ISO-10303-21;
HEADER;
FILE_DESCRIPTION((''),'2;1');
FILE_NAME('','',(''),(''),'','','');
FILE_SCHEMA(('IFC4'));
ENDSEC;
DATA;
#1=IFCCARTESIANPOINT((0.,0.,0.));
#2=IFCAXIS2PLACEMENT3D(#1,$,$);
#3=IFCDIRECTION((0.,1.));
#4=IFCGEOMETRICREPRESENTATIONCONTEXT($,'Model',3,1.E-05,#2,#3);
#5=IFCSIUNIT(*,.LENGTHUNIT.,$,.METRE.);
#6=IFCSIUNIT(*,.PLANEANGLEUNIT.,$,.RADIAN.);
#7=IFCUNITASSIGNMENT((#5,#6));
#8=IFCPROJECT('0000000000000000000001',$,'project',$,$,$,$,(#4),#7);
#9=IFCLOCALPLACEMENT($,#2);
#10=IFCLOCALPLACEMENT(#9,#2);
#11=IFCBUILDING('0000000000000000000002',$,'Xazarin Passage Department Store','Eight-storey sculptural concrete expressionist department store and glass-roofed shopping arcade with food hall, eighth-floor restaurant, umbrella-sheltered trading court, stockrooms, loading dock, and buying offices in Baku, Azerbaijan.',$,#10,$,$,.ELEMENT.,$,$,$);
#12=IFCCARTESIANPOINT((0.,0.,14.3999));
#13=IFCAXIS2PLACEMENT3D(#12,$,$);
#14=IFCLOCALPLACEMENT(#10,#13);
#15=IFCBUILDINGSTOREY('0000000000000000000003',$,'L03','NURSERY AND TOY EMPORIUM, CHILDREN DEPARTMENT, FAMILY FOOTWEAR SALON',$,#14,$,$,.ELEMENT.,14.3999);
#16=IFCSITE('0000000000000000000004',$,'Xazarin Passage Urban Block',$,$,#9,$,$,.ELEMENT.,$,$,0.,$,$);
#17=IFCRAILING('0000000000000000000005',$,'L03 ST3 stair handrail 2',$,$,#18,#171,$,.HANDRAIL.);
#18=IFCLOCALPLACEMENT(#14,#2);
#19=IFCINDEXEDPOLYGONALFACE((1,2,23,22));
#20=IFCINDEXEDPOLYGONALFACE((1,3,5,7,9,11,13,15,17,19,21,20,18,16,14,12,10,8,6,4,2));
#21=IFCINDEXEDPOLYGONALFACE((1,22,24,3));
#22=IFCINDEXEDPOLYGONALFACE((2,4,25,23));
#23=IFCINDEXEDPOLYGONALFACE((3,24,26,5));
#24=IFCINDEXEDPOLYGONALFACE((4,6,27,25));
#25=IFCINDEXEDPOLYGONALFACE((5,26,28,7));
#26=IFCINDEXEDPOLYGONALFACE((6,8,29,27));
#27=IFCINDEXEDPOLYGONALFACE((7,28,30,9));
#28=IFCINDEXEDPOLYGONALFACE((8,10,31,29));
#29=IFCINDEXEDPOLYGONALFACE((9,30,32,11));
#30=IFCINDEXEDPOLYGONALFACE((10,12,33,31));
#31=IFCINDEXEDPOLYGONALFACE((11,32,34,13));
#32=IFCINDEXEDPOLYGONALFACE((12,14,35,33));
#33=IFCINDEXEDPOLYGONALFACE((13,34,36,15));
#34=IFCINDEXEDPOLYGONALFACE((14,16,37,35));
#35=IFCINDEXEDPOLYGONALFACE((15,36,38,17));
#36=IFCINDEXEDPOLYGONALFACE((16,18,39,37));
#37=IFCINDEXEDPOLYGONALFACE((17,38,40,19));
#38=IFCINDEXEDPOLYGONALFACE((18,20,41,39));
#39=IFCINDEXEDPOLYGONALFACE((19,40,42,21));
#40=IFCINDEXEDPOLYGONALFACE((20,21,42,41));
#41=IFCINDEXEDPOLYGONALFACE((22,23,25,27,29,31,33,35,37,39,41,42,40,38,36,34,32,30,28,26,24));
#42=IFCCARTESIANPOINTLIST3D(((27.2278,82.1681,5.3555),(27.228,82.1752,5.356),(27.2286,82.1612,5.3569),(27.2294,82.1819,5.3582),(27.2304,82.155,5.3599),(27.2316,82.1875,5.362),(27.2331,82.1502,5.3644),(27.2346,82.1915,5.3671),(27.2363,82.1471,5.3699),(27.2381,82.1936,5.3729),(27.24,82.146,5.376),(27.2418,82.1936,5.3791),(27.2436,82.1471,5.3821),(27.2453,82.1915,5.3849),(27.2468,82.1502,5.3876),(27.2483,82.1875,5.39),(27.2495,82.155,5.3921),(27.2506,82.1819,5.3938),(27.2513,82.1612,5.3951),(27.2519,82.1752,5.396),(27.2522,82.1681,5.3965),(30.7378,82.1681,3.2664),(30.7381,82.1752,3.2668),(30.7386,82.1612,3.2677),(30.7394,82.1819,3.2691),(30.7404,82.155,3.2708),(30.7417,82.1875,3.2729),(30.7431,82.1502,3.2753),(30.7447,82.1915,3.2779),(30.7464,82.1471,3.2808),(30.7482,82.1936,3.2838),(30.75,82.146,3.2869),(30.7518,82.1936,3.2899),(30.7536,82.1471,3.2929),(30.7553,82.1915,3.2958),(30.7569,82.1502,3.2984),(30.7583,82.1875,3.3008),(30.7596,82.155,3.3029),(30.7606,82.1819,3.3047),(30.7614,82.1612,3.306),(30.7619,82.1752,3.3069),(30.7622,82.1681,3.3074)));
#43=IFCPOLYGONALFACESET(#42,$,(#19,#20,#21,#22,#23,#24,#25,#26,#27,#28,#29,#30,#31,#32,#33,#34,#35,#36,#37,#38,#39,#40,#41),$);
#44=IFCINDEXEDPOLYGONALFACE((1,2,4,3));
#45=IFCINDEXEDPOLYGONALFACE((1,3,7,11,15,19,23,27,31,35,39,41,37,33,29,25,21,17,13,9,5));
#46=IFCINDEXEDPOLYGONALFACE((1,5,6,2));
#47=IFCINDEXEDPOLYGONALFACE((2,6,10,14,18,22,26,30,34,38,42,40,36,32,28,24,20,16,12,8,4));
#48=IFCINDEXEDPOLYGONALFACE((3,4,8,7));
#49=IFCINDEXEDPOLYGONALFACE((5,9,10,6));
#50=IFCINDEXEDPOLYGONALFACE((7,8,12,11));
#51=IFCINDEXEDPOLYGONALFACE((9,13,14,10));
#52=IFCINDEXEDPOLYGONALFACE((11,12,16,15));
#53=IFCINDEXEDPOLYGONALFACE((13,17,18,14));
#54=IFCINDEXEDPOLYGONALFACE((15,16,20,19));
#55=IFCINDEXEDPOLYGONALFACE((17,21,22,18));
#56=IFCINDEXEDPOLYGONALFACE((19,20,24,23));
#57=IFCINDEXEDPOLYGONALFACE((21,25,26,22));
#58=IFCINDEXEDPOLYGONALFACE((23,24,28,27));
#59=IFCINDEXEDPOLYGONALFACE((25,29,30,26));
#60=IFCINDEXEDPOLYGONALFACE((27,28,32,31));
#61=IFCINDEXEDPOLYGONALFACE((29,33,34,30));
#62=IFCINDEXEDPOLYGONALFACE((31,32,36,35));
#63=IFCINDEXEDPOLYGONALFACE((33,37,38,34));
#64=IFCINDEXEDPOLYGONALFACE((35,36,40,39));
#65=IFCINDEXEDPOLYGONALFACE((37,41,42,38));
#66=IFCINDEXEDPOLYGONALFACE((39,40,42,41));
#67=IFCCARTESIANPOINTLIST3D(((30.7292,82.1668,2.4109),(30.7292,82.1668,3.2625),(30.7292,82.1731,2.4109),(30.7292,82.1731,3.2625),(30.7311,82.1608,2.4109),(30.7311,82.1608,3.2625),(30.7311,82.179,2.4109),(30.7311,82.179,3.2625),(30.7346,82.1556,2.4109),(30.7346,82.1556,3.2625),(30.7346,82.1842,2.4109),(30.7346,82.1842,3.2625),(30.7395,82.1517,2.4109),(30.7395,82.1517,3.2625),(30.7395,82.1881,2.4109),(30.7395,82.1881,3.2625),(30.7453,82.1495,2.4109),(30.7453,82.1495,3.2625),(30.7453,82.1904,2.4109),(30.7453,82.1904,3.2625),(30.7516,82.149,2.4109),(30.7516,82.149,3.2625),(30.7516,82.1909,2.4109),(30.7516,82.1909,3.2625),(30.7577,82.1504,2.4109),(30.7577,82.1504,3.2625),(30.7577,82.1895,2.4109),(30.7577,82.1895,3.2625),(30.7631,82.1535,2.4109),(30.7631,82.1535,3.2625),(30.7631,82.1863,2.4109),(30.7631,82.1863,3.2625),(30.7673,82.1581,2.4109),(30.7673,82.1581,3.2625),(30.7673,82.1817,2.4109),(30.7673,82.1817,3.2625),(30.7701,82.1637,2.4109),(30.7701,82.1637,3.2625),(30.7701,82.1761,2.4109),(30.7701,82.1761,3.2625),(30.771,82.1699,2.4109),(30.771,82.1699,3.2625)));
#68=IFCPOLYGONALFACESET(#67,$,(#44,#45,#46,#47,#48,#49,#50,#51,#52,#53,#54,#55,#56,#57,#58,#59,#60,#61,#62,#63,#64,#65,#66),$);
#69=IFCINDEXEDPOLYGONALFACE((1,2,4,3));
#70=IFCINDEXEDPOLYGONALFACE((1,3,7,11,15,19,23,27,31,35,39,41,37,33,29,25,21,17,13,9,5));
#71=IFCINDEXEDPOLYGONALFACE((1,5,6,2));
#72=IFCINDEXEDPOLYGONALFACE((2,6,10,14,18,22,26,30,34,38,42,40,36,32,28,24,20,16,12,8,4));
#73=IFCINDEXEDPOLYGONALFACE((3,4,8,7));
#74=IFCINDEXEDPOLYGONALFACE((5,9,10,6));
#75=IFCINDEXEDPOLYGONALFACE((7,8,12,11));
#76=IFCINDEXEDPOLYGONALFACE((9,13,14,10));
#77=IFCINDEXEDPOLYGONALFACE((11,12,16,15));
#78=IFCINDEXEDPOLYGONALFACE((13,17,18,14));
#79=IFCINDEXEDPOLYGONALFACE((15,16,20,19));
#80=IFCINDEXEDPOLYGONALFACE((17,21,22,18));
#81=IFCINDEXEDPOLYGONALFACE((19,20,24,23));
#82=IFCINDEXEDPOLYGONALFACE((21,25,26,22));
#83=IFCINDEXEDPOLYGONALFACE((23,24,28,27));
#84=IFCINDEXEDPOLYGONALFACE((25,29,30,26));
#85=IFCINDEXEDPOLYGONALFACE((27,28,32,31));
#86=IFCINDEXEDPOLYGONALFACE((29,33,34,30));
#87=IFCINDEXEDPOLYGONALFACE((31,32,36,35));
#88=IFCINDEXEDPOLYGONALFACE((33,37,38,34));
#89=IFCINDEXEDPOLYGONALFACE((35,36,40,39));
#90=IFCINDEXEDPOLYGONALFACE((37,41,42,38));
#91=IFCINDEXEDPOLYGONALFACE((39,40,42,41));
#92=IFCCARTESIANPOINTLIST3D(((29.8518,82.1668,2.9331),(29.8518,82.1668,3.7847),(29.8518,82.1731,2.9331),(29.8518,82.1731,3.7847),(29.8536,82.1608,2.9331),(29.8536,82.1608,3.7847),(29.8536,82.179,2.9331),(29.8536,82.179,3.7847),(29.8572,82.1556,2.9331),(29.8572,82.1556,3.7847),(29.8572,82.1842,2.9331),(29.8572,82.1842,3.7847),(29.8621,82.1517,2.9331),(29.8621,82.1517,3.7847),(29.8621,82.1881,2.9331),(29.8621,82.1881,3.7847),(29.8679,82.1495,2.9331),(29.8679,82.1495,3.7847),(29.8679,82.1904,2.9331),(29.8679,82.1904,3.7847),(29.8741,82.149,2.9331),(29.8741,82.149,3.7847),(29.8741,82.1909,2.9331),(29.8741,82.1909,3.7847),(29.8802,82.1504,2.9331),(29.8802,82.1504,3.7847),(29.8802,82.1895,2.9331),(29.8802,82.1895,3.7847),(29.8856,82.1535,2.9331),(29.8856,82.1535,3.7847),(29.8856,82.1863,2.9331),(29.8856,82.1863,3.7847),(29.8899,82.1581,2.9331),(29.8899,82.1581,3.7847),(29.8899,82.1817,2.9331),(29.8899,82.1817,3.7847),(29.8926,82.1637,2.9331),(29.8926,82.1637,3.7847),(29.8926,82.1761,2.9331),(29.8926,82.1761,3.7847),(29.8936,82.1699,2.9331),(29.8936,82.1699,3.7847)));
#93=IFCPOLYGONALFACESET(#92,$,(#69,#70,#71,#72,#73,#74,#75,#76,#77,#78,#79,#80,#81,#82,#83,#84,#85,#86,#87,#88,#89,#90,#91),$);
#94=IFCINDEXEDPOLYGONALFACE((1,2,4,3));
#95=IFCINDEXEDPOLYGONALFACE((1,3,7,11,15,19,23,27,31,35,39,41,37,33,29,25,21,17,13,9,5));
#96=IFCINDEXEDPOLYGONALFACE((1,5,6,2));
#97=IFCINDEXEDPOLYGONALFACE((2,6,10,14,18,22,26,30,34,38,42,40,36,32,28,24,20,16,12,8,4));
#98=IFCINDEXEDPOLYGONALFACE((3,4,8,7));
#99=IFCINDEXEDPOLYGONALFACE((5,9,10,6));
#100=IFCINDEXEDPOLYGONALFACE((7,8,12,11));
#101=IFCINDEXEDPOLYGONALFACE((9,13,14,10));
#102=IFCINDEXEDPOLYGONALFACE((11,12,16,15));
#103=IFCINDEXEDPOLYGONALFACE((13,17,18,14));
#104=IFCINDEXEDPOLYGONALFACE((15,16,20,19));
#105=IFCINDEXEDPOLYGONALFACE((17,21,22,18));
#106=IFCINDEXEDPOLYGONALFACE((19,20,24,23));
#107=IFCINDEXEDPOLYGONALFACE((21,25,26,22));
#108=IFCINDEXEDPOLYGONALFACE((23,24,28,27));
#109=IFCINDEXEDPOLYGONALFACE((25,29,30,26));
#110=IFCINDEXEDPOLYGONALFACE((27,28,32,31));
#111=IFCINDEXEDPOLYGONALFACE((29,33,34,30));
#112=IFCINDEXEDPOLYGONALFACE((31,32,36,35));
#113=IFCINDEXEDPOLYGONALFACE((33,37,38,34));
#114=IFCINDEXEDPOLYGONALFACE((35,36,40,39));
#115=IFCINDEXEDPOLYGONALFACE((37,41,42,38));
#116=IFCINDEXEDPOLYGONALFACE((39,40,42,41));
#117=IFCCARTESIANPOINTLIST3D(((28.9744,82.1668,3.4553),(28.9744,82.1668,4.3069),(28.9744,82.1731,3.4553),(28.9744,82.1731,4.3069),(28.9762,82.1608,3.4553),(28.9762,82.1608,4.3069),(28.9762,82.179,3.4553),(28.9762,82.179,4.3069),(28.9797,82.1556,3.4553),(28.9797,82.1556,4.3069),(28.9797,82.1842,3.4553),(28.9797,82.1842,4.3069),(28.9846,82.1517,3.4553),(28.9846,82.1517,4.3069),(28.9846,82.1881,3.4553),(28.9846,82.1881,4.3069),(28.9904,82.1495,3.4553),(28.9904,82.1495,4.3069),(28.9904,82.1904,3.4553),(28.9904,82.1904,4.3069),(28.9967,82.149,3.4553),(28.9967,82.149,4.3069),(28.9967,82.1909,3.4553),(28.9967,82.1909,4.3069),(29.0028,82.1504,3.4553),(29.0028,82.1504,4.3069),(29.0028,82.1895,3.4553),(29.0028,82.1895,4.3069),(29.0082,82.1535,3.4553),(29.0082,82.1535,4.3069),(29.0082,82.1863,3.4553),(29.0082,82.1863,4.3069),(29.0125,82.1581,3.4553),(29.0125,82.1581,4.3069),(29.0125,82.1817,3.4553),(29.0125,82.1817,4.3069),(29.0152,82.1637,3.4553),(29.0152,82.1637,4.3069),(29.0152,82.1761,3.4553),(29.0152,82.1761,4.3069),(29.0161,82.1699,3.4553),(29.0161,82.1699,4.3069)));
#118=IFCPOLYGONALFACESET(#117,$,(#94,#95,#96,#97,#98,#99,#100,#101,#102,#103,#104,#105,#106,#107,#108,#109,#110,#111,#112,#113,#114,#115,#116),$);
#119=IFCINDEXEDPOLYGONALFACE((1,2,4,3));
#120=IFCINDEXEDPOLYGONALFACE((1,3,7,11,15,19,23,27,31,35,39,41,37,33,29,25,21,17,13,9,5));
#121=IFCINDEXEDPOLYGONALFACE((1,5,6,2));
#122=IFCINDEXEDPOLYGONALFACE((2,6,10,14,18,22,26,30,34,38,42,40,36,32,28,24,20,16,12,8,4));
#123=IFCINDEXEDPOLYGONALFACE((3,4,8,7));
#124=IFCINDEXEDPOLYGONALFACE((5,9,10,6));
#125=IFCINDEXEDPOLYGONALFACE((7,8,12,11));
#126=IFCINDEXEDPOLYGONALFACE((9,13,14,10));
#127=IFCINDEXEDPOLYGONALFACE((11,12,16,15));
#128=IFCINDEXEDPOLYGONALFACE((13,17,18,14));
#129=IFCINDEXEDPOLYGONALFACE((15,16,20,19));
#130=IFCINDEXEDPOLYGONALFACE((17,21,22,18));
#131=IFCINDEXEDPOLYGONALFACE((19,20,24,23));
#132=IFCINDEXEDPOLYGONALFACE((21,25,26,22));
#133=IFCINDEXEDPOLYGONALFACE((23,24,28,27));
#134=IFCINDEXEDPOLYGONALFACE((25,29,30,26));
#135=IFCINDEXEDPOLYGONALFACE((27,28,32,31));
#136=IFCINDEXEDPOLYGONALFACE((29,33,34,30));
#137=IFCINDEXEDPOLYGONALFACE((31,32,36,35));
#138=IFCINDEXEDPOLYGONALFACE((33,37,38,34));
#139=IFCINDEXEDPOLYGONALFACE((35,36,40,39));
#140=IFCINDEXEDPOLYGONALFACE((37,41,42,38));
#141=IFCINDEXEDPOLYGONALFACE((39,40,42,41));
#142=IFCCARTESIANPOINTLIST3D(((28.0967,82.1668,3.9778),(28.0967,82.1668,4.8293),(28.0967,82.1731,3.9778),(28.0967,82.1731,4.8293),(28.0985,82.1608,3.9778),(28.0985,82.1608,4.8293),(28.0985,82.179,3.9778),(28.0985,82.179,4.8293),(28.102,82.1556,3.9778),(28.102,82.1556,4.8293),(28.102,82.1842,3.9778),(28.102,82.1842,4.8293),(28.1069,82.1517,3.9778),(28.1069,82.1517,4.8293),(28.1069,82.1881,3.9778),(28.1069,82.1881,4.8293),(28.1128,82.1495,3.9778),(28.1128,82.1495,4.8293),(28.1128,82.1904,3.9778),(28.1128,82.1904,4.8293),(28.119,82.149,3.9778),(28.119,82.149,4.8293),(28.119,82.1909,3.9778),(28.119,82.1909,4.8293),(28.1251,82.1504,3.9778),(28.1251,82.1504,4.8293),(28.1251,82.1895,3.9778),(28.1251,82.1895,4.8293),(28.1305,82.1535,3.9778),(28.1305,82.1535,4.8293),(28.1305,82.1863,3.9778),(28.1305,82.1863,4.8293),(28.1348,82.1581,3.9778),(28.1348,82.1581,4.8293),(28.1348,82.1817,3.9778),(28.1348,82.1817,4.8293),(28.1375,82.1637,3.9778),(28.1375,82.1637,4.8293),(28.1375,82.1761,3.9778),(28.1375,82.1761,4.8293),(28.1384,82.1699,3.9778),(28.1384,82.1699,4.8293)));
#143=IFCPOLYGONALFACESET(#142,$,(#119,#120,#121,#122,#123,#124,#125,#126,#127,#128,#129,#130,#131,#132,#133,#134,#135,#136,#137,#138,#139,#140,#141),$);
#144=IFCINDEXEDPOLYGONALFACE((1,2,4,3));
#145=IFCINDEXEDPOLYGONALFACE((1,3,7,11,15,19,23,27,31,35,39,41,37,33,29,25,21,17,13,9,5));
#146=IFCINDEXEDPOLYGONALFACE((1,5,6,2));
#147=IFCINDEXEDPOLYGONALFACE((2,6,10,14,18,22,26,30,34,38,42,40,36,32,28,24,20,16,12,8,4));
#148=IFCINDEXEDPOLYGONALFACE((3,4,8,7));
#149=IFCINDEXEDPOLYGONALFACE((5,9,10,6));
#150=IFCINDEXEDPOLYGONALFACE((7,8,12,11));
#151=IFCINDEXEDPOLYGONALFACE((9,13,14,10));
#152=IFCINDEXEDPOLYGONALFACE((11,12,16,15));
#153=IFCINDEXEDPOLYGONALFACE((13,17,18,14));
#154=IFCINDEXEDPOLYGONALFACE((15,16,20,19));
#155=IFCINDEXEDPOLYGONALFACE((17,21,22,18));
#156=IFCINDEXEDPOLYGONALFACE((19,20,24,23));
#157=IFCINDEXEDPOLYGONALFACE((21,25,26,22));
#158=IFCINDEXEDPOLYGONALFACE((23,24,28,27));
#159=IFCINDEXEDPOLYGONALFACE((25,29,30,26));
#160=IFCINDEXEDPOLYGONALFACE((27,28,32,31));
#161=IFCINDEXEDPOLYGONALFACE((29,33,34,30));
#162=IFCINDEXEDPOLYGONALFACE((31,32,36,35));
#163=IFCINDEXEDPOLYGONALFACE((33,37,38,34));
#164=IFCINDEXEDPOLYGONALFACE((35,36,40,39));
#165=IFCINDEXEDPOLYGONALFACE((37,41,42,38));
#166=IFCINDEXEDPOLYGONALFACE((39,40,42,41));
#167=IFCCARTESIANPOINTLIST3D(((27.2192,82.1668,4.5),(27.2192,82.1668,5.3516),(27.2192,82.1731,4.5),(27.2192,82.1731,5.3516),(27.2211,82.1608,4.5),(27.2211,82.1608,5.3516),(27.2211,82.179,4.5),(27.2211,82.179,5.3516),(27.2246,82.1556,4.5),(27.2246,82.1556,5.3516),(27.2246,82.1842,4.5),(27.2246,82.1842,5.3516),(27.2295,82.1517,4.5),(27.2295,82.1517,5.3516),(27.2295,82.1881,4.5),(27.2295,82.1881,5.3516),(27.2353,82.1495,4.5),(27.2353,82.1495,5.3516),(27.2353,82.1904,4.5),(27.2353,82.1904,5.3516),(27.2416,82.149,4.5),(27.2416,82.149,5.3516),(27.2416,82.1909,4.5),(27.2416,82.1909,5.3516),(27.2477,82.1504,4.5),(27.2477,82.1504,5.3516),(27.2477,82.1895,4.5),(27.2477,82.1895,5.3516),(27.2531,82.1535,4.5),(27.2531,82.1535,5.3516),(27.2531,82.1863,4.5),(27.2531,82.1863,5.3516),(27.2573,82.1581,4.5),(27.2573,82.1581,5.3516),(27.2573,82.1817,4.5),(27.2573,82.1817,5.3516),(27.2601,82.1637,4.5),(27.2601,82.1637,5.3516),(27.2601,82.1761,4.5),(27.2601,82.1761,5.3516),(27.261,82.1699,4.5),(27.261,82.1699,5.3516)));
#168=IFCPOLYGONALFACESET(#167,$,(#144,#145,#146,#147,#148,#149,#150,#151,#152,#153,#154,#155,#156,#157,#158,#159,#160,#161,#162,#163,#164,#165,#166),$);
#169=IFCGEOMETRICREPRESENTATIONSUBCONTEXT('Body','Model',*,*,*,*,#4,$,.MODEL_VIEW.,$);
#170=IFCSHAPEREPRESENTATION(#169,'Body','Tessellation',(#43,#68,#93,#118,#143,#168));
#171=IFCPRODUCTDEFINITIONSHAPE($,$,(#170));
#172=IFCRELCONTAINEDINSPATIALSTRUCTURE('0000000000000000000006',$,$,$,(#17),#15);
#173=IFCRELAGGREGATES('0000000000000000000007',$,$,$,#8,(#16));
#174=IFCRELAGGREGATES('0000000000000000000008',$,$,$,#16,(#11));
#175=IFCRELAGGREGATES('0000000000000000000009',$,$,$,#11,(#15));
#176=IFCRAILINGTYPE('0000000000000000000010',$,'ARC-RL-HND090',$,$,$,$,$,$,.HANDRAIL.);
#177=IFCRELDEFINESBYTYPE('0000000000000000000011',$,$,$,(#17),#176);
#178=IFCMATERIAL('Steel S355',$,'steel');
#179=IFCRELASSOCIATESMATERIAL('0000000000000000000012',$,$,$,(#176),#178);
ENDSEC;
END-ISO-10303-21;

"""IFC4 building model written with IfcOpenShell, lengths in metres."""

from ifc_helpers import new_model, si_unit, direction, frame, origin, origin_2d, place, context, subcontext, project, spatial, circle, extrude, material, type_object, element, save


model = new_model("IFC4")

# Units and contexts
model_context = context("Model", 3, precision=1e-05, world=origin(), true_north=direction((0.0, 1.0)))
body_context = subcontext(model_context, "Body", "Model", "MODEL_VIEW")
ifc_project = project(units=[si_unit("LENGTHUNIT", "METRE"), si_unit("PLANEANGLEUNIT", "RADIAN")], contexts=[model_context])

# Site, building, storey
site_placement = place(None, origin())
site = spatial("IfcSite", under=ifc_project, at=site_placement, Name="Xazarin Passage Urban Block", CompositionType="ELEMENT", RefElevation=0.0)
building_placement = place(site_placement, origin())
building = spatial("IfcBuilding", under=site, at=building_placement, Name="Xazarin Passage Department Store", Description="Eight-storey sculptural concrete expressionist department store and glass-roofed shopping arcade with food hall, eighth-floor restaurant, umbrella-sheltered trading court, stockrooms, loading dock, and buying offices in Baku, Azerbaijan.", CompositionType="ELEMENT")
storey_placement = place(building_placement, frame((0.0, 0.0, 14.3999)))
storey = spatial("IfcBuildingStorey", under=building, at=storey_placement, Name="L03", Description="NURSERY AND TOY EMPORIUM, CHILDREN DEPARTMENT, FAMILY FOOTWEAR SALON", CompositionType="ELEMENT", Elevation=14.3999)

# Railing
ifc_material_1 = material(Name="Steel S355", Category="steel")
railing_type_1 = type_object("IfcRailingType", Name="ARC-RL-HND090", PredefinedType="HANDRAIL", material=ifc_material_1)
railing_1_placement = place(storey_placement, frame((30.75, 82.1699, 2.4109)))
element("IfcRailing", 1, at=railing_1_placement, inside=storey, type_object=railing_type_1, Name="L03 ST3 stair handrail 2", PredefinedType="HANDRAIL", context=body_context, shape_type="SweptSolid", body=[
    extrude(circle(Radius=0.0239, at=origin_2d()), frame((0.0, 0.0, 0.876), z_axis=(-0.859312, 0.0, 0.511451), x_axis=(0.0, -1.0, 0.0)), (0.0, 0.0, 1.0), 4.0847),
    extrude(circle(Radius=0.021, at=origin_2d()), origin(), (0.0, 0.0, 1.0), 0.8516),
    extrude(circle(Radius=0.021, at=origin_2d()), frame((-0.8774, 0.0, 0.5222)), (0.0, 0.0, 1.0), 0.8516),
    extrude(circle(Radius=0.021, at=origin_2d()), frame((-1.7549, 0.0, 1.0444)), (0.0, 0.0, 1.0), 0.8516),
    extrude(circle(Radius=0.021, at=origin_2d()), frame((-2.6326, 0.0, 1.5669)), (0.0, 0.0, 1.0), 0.8516),
    extrude(circle(Radius=0.021, at=origin_2d()), frame((-3.51, 0.0, 2.0891)), (0.0, 0.0, 1.0), 0.8516),
])

save(model, "model.ifc")
